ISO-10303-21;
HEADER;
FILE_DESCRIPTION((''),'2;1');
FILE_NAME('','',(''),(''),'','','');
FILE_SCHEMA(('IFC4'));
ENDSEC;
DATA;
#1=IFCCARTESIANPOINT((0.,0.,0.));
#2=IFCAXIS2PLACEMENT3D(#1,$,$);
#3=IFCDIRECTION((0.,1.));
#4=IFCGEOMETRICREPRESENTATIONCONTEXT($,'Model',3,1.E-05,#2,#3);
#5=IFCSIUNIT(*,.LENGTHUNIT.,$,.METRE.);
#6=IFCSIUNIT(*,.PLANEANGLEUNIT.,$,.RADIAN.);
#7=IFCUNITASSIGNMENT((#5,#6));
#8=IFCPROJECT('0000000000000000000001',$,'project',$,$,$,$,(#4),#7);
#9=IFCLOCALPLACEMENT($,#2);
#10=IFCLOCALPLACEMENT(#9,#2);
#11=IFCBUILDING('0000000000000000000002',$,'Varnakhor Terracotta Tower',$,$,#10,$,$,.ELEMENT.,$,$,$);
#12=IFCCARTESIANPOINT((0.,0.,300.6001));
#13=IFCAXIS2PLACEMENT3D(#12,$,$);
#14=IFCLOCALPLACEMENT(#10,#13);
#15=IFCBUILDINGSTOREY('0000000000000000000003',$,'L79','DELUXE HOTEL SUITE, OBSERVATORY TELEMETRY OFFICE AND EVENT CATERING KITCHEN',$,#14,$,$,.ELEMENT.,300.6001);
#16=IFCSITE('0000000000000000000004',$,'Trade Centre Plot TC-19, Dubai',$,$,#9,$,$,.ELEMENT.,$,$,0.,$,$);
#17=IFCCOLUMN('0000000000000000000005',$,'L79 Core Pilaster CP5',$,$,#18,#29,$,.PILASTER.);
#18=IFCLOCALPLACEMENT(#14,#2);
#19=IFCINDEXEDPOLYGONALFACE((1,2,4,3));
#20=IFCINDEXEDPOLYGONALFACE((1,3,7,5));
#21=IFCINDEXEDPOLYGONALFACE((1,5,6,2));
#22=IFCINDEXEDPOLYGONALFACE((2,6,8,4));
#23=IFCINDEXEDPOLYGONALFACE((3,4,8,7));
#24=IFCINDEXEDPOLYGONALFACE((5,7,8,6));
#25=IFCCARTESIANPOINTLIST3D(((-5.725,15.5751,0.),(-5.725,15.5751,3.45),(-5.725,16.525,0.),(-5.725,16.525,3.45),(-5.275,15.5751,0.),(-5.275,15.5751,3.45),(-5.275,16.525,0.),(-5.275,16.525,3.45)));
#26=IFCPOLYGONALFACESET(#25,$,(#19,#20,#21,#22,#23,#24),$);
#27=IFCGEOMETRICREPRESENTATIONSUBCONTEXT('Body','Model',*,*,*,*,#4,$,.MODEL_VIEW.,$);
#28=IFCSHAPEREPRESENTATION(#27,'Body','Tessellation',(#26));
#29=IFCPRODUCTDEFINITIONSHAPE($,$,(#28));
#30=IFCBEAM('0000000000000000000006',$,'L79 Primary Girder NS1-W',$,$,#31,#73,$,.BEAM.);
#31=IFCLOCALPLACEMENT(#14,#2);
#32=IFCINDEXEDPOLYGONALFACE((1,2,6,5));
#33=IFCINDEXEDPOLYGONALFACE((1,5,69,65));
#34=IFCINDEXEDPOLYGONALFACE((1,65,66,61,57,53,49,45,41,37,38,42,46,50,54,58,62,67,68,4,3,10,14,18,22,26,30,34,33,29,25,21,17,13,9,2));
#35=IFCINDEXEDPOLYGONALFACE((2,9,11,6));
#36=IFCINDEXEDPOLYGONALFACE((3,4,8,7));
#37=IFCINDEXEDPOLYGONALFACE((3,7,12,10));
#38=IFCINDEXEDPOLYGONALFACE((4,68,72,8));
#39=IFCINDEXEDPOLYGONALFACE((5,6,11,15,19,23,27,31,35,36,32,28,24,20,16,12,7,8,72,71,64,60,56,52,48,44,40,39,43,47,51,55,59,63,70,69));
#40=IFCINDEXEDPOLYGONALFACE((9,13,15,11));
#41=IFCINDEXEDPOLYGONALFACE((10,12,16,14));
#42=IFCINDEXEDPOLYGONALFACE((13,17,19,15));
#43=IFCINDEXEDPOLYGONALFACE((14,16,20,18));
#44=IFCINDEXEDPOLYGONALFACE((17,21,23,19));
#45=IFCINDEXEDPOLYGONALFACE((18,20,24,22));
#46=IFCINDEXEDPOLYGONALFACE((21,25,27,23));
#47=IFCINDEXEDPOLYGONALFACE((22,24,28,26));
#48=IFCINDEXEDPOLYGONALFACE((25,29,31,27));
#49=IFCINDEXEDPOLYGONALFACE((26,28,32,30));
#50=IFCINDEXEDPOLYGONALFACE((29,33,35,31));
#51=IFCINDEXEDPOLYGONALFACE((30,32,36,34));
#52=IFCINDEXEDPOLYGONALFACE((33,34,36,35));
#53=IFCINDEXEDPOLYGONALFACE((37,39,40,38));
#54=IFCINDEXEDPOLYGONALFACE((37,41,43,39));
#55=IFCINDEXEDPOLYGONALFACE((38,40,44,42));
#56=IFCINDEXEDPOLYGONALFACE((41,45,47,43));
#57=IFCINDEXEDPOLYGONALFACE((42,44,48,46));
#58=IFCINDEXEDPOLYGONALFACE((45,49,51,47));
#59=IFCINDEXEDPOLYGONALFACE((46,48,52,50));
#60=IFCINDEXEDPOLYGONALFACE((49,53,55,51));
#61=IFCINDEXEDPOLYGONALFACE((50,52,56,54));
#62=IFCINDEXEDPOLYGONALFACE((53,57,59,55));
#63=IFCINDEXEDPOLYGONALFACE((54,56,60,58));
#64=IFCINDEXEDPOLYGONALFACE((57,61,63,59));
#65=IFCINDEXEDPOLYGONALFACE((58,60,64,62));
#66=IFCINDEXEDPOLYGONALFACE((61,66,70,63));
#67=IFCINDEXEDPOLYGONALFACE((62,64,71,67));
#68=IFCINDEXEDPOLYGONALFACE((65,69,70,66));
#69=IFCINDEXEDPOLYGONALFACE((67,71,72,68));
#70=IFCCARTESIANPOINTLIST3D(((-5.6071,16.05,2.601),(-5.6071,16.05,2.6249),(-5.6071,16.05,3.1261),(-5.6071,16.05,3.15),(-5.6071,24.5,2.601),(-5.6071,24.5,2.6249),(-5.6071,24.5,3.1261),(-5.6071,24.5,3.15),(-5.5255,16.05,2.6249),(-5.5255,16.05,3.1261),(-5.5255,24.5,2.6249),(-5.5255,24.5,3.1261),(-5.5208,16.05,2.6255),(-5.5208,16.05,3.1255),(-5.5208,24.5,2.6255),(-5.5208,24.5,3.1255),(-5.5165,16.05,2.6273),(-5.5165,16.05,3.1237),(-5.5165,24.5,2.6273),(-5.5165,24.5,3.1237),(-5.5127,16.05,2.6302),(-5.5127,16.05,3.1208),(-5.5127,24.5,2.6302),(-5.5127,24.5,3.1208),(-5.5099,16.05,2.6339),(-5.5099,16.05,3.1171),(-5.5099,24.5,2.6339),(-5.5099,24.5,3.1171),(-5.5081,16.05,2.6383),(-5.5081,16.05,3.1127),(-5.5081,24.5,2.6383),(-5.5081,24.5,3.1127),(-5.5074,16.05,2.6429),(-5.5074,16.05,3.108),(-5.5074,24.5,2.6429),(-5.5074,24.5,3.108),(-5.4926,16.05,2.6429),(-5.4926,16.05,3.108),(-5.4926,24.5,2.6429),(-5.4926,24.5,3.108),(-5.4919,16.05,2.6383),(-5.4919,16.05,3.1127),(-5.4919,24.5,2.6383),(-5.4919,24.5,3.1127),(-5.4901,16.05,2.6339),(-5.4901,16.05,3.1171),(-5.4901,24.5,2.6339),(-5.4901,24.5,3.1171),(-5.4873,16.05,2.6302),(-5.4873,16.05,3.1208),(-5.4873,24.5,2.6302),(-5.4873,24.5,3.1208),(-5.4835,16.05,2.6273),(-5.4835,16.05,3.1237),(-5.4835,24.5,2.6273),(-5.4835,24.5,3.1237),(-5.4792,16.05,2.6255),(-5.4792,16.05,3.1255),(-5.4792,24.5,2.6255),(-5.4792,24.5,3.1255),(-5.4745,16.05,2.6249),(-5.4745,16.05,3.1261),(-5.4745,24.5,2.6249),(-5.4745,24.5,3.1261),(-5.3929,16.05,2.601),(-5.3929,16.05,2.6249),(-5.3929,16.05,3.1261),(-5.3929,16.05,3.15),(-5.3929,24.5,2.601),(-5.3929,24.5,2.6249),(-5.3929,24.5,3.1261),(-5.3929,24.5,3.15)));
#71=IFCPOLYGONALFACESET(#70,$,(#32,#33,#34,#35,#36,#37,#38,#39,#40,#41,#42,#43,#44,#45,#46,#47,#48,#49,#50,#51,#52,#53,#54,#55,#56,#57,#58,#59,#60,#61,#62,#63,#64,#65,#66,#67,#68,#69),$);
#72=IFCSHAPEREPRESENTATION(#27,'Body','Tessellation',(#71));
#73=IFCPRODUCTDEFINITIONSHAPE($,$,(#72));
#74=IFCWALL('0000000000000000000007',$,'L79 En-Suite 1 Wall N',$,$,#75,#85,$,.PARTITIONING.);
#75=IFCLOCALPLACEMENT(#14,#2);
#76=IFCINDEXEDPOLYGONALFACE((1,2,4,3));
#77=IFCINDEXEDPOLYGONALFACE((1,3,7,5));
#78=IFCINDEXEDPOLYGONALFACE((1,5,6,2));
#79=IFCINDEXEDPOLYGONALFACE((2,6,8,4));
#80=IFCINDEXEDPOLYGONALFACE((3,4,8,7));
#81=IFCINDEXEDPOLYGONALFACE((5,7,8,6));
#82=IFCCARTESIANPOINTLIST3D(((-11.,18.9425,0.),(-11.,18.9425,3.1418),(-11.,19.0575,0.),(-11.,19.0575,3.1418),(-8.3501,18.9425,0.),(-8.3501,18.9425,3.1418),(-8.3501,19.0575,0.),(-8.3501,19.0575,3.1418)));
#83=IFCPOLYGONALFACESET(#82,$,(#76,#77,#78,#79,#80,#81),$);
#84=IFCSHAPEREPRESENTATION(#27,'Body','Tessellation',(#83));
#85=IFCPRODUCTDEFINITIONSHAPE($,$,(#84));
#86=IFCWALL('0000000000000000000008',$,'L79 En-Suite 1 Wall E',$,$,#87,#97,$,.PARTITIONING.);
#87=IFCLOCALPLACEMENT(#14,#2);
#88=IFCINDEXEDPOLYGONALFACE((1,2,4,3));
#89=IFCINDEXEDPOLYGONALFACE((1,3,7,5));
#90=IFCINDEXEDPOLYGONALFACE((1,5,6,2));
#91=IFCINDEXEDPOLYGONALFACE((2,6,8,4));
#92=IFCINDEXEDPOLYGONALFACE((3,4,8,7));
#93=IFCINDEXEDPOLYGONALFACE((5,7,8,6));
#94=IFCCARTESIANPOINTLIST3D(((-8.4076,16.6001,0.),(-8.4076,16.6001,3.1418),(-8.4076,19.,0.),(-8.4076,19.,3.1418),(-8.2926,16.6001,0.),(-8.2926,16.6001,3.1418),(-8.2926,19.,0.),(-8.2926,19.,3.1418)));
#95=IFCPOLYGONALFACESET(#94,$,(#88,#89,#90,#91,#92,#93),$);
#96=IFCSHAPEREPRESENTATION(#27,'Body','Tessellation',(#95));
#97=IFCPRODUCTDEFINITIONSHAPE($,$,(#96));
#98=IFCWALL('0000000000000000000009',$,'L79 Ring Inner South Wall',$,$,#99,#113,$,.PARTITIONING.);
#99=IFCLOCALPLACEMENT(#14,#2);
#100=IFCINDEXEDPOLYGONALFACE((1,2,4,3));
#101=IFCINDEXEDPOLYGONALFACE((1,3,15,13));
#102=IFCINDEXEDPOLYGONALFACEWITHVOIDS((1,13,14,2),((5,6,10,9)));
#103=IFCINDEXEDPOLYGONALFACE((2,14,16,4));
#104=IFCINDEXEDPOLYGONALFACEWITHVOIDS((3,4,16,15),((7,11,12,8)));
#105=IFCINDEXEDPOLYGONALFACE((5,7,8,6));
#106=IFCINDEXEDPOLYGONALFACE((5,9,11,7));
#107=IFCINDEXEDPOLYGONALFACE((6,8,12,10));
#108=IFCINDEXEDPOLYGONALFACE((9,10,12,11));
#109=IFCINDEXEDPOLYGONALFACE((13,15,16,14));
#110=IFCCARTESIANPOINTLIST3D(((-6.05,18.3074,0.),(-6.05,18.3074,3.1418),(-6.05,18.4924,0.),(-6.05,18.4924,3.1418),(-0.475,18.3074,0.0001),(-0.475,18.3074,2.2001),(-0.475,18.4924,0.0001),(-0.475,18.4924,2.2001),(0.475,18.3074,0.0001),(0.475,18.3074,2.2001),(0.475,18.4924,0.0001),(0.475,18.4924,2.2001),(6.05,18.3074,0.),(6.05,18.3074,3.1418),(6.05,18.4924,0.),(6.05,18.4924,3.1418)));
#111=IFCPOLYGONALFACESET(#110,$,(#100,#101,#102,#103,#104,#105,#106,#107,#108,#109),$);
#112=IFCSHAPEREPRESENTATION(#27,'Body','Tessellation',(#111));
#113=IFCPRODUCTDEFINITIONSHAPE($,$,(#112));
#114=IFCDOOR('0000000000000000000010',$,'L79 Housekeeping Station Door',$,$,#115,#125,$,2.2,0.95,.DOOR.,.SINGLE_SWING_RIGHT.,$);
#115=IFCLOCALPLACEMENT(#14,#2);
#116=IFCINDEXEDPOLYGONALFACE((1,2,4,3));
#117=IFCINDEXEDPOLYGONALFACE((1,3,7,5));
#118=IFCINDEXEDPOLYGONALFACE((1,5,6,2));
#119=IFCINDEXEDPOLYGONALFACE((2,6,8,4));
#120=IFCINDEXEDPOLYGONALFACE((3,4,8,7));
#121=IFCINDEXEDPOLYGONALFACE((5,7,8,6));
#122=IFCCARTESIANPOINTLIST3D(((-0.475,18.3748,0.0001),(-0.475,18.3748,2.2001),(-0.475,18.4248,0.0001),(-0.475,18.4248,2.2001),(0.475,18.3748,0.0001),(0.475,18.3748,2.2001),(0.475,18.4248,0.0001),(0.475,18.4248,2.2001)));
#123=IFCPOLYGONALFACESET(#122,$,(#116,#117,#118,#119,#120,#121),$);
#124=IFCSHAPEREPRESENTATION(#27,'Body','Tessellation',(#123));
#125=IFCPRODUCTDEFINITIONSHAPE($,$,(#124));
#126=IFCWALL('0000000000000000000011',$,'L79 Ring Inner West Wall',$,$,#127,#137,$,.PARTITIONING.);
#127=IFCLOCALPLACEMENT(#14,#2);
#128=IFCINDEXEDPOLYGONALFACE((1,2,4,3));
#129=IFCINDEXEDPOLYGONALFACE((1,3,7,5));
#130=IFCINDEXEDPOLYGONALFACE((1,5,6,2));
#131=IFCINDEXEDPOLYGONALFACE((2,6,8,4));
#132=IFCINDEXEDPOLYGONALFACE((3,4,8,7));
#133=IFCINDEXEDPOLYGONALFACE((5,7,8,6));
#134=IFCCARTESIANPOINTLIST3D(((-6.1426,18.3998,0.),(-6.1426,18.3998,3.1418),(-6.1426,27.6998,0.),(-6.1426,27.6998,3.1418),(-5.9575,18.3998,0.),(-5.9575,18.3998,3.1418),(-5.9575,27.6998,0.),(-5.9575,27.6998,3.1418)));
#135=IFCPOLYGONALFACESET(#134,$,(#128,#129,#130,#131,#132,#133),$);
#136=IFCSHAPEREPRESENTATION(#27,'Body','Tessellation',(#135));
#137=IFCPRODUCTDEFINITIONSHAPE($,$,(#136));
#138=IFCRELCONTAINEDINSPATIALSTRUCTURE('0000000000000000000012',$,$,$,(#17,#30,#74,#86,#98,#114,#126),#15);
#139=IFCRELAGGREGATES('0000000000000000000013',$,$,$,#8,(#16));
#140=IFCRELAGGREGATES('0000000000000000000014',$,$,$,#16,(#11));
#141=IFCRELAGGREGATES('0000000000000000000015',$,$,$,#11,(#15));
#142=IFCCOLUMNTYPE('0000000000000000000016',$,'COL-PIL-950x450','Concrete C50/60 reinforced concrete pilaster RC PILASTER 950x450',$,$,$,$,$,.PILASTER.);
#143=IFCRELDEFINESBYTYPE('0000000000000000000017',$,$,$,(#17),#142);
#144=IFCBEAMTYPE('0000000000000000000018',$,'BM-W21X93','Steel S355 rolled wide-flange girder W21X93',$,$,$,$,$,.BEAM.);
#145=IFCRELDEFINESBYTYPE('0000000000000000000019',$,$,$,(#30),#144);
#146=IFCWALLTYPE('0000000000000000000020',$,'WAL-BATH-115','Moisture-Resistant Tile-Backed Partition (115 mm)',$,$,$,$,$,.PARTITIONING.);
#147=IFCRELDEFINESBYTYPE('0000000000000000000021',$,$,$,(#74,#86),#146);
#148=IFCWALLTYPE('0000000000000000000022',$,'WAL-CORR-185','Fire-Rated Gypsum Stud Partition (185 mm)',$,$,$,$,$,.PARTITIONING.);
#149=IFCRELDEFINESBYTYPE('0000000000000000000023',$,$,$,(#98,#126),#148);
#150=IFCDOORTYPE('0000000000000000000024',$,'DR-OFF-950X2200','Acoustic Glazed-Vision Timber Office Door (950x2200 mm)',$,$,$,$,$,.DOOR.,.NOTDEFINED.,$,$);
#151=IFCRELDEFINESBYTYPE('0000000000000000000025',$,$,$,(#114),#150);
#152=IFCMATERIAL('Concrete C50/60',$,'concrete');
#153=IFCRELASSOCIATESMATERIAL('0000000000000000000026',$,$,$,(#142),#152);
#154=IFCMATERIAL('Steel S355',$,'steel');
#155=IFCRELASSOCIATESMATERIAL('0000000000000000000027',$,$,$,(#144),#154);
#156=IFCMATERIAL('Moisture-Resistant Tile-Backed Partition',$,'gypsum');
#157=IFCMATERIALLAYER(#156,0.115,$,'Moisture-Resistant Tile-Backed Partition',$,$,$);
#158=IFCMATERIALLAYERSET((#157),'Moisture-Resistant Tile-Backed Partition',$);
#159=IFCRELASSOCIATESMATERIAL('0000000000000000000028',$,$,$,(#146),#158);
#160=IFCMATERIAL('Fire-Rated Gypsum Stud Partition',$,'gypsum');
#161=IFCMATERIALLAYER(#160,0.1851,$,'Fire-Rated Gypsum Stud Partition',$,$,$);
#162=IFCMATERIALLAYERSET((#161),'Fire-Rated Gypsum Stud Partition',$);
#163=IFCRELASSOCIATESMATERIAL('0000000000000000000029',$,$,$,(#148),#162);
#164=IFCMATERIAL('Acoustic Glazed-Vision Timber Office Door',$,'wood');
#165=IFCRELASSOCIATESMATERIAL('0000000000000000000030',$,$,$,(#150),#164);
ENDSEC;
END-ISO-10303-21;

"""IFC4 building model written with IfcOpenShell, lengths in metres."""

from ifc_helpers import new_model, si_unit, direction, frame, frame_2d, origin, origin_2d, place, context, subcontext, project, spatial, rectangle, i_section, extrude, source, transform, mapped, material, layer, layer_set, material_profile, profile_set, type_object, type_shapes, element, fill, save


model = new_model("IFC4")

# Units and contexts
model_context = context("Model", 3, precision=1e-05, world=origin(), true_north=direction((0.0, 1.0)))
body_context = subcontext(model_context, "Body", "Model", "MODEL_VIEW")
ifc_project = project(units=[si_unit("LENGTHUNIT", "METRE"), si_unit("PLANEANGLEUNIT", "RADIAN")], contexts=[model_context])

# Site, building, storey
site_placement = place(None, origin())
site = spatial("IfcSite", under=ifc_project, at=site_placement, Name="Trade Centre Plot TC-19, Dubai", CompositionType="ELEMENT", RefElevation=0.0)
building_placement = place(site_placement, origin())
building = spatial("IfcBuilding", under=site, at=building_placement, Name="Varnakhor Terracotta Tower", CompositionType="ELEMENT")
storey_placement = place(building_placement, frame((0.0, 0.0, 300.6001)))
storey = spatial("IfcBuildingStorey", under=building, at=storey_placement, Name="L79", Description="DELUXE HOTEL SUITE, OBSERVATORY TELEMETRY OFFICE AND EVENT CATERING KITCHEN", CompositionType="ELEMENT", Elevation=300.6001)

# Column
ifc_material_1 = material(Name="Concrete C50/60", Category="concrete")
ifc_material_profile_1 = material_profile(ifc_material_1, rectangle(XDim=0.45, YDim=0.95, at=origin_2d()), Name="RC PILASTER 950x450")
ifc_profile_set_1 = profile_set([ifc_material_profile_1], Name="Concrete C50/60")
column_type = type_object("IfcColumnType", Name="COL-PIL-950x450", Description="Concrete C50/60 reinforced concrete pilaster RC PILASTER 950x450", PredefinedType="PILASTER", material=ifc_profile_set_1)
shared_shape_1 = source(origin(), body_context, "Body", "SweptSolid", [
    extrude(rectangle(XDim=0.45, YDim=0.95, at=origin_2d()), origin(), (0.0, 0.0, 1.0), 3.45),
])
column_placement = place(storey_placement, frame((-5.5, 16.05, 0.0), z_axis=(0.0, 0.0, 1.0), x_axis=(1.0, 0.0, 0.0)))
element("IfcColumn", 1, at=column_placement, inside=storey, type_object=column_type, Name="L79 Core Pilaster CP5", PredefinedType="PILASTER", context=body_context, shape_type="MappedRepresentation", body=[
    mapped(shared_shape_1, transform((0.0, 0.0, 0.0), scale=1.0)),
])

# Beam
ifc_material_2 = material(Name="Steel S355", Category="steel")
ifc_material_profile_2 = material_profile(ifc_material_2, i_section(OverallWidth=0.2141, OverallDepth=0.5491, WebThickness=0.0149, FlangeThickness=0.0239, FilletRadius=0.0181, at=origin_2d()), Name="W21X93")
ifc_profile_set_2 = profile_set([ifc_material_profile_2], Name="Steel S355")
beam_type = type_object("IfcBeamType", Name="BM-W21X93", Description="Steel S355 rolled wide-flange girder W21X93", PredefinedType="BEAM", material=ifc_profile_set_2)
shared_shape_2 = source(origin(), body_context, "Body", "SweptSolid", [
    extrude(i_section(OverallWidth=0.2141, OverallDepth=0.5491, WebThickness=0.0149, FlangeThickness=0.0239, FilletRadius=0.0181, at=origin_2d()), origin(), (0.0, 0.0, 1.0), 8.45),
])
type_shapes(beam_type, [shared_shape_2])
beam_placement = place(storey_placement, frame((-5.5, 16.05, 2.8755), z_axis=(0.0, 1.0, 0.0), x_axis=(-1.0, 0.0, 0.0)))
element("IfcBeam", 2, at=beam_placement, inside=storey, type_object=beam_type, Name="L79 Primary Girder NS1-W", PredefinedType="BEAM", context=body_context, shape_type="MappedRepresentation", body=[
    mapped(shared_shape_2, transform((0.0, 0.0, 0.0), scale=1.0)),
])

# Walls
ifc_material_3 = material(Name="Moisture-Resistant Tile-Backed Partition", Category="gypsum")
ifc_layer_1 = layer(ifc_material_3, 0.115, Name="Moisture-Resistant Tile-Backed Partition")
ifc_layer_set_1 = layer_set([ifc_layer_1], Name="Moisture-Resistant Tile-Backed Partition")
wall_type_1 = type_object("IfcWallType", Name="WAL-BATH-115", Description="Moisture-Resistant Tile-Backed Partition (115 mm)", PredefinedType="PARTITIONING", material=ifc_layer_set_1)
wall_1_placement = place(storey_placement, frame((-11.0, 19.0, 0.0), z_axis=(0.0, 0.0, 1.0), x_axis=(1.0, 0.0, 0.0)))
element("IfcWall", 3, at=wall_1_placement, inside=storey, type_object=wall_type_1, Name="L79 En-Suite 1 Wall N", PredefinedType="PARTITIONING", context=body_context, shape_type="SweptSolid", body=[
    extrude(rectangle(XDim=2.6499, YDim=0.115, at=frame_2d((1.325, 0.0))), origin(), (0.0, 0.0, 1.0), 3.1418),
])
wall_2_placement = place(storey_placement, frame((-8.3501, 16.6001, 0.0), z_axis=(0.0, 0.0, 1.0), x_axis=(0.0, 1.0, 0.0)))
element("IfcWall", 4, at=wall_2_placement, inside=storey, type_object=wall_type_1, Name="L79 En-Suite 1 Wall E", PredefinedType="PARTITIONING", context=body_context, shape_type="SweptSolid", body=[
    extrude(rectangle(XDim=2.3999, YDim=0.115, at=frame_2d((1.2, 0.0))), origin(), (0.0, 0.0, 1.0), 3.1418),
])

# Wall, opening, door
ifc_material_4 = material(Name="Fire-Rated Gypsum Stud Partition", Category="gypsum")
ifc_layer_2 = layer(ifc_material_4, 0.1851, Name="Fire-Rated Gypsum Stud Partition")
ifc_layer_set_2 = layer_set([ifc_layer_2], Name="Fire-Rated Gypsum Stud Partition")
wall_type_2 = type_object("IfcWallType", Name="WAL-CORR-185", Description="Fire-Rated Gypsum Stud Partition (185 mm)", PredefinedType="PARTITIONING", material=ifc_layer_set_2)
wall_3_placement = place(storey_placement, frame((-6.05, 18.3999, 0.0), z_axis=(0.0, 0.0, 1.0), x_axis=(1.0, 0.0, 0.0)))
wall_3 = element("IfcWall", 5, at=wall_3_placement, inside=storey, type_object=wall_type_2, Name="L79 Ring Inner South Wall", PredefinedType="PARTITIONING", context=body_context, shape_type="SweptSolid", body=[
    extrude(rectangle(XDim=12.1001, YDim=0.1851, at=frame_2d((6.05, 0.0))), origin(), (0.0, 0.0, 1.0), 3.1418),
])
opening_1_placement = place(wall_3_placement, frame((5.575, 0.0, 0.0)))
opening_1 = element("IfcOpeningElement", 6, at=opening_1_placement, cuts=wall_3, PredefinedType="OPENING", context=body_context, shape_type="SweptSolid", body=[
    extrude(rectangle(XDim=0.95, YDim=2.2, at=frame_2d((0.4751, 1.1001))), frame((0.0, 0.1025, 0.0), z_axis=(0.0, -1.0, 0.0), x_axis=(1.0, 0.0, 0.0)), (0.0, 0.0, 1.0), 0.2051),
])
ifc_material_5 = material(Name="Acoustic Glazed-Vision Timber Office Door", Category="wood")
door_type_1 = type_object("IfcDoorType", Name="DR-OFF-950X2200", Description="Acoustic Glazed-Vision Timber Office Door (950x2200 mm)", OperationType="NOTDEFINED", PredefinedType="DOOR", material=ifc_material_5)
shared_shape_3 = source(origin(), body_context, "Body", "SweptSolid", [
    extrude(rectangle(XDim=0.95, YDim=2.2, at=frame_2d((0.4751, 1.1001))), frame((0.0, 0.0249, 0.0), z_axis=(0.0, -1.0, 0.0), x_axis=(1.0, 0.0, 0.0)), (0.0, 0.0, 1.0), 0.05),
])
type_shapes(door_type_1, [shared_shape_3])
door_1_placement = place(opening_1_placement, origin())
door_1 = element("IfcDoor", 7, at=door_1_placement, inside=storey, type_object=door_type_1, Name="L79 Housekeeping Station Door", OperationType="SINGLE_SWING_RIGHT", OverallHeight=2.2, OverallWidth=0.95, PredefinedType="DOOR", context=body_context, shape_type="MappedRepresentation", body=[
    mapped(shared_shape_3, transform((0.0, 0.0, 0.0), scale=1.0)),
])
fill(opening_1, door_1)

# Wall
wall_4_placement = place(storey_placement, frame((-6.05, 18.3999, 0.0), z_axis=(0.0, 0.0, 1.0), x_axis=(0.0, 1.0, 0.0)))
element("IfcWall", 8, at=wall_4_placement, inside=storey, type_object=wall_type_2, Name="L79 Ring Inner West Wall", PredefinedType="PARTITIONING", context=body_context, shape_type="SweptSolid", body=[
    extrude(rectangle(XDim=9.3, YDim=0.1851, at=frame_2d((4.6499, 0.0))), origin(), (0.0, 0.0, 1.0), 3.1418),
])

save(model, "model.ifc")
